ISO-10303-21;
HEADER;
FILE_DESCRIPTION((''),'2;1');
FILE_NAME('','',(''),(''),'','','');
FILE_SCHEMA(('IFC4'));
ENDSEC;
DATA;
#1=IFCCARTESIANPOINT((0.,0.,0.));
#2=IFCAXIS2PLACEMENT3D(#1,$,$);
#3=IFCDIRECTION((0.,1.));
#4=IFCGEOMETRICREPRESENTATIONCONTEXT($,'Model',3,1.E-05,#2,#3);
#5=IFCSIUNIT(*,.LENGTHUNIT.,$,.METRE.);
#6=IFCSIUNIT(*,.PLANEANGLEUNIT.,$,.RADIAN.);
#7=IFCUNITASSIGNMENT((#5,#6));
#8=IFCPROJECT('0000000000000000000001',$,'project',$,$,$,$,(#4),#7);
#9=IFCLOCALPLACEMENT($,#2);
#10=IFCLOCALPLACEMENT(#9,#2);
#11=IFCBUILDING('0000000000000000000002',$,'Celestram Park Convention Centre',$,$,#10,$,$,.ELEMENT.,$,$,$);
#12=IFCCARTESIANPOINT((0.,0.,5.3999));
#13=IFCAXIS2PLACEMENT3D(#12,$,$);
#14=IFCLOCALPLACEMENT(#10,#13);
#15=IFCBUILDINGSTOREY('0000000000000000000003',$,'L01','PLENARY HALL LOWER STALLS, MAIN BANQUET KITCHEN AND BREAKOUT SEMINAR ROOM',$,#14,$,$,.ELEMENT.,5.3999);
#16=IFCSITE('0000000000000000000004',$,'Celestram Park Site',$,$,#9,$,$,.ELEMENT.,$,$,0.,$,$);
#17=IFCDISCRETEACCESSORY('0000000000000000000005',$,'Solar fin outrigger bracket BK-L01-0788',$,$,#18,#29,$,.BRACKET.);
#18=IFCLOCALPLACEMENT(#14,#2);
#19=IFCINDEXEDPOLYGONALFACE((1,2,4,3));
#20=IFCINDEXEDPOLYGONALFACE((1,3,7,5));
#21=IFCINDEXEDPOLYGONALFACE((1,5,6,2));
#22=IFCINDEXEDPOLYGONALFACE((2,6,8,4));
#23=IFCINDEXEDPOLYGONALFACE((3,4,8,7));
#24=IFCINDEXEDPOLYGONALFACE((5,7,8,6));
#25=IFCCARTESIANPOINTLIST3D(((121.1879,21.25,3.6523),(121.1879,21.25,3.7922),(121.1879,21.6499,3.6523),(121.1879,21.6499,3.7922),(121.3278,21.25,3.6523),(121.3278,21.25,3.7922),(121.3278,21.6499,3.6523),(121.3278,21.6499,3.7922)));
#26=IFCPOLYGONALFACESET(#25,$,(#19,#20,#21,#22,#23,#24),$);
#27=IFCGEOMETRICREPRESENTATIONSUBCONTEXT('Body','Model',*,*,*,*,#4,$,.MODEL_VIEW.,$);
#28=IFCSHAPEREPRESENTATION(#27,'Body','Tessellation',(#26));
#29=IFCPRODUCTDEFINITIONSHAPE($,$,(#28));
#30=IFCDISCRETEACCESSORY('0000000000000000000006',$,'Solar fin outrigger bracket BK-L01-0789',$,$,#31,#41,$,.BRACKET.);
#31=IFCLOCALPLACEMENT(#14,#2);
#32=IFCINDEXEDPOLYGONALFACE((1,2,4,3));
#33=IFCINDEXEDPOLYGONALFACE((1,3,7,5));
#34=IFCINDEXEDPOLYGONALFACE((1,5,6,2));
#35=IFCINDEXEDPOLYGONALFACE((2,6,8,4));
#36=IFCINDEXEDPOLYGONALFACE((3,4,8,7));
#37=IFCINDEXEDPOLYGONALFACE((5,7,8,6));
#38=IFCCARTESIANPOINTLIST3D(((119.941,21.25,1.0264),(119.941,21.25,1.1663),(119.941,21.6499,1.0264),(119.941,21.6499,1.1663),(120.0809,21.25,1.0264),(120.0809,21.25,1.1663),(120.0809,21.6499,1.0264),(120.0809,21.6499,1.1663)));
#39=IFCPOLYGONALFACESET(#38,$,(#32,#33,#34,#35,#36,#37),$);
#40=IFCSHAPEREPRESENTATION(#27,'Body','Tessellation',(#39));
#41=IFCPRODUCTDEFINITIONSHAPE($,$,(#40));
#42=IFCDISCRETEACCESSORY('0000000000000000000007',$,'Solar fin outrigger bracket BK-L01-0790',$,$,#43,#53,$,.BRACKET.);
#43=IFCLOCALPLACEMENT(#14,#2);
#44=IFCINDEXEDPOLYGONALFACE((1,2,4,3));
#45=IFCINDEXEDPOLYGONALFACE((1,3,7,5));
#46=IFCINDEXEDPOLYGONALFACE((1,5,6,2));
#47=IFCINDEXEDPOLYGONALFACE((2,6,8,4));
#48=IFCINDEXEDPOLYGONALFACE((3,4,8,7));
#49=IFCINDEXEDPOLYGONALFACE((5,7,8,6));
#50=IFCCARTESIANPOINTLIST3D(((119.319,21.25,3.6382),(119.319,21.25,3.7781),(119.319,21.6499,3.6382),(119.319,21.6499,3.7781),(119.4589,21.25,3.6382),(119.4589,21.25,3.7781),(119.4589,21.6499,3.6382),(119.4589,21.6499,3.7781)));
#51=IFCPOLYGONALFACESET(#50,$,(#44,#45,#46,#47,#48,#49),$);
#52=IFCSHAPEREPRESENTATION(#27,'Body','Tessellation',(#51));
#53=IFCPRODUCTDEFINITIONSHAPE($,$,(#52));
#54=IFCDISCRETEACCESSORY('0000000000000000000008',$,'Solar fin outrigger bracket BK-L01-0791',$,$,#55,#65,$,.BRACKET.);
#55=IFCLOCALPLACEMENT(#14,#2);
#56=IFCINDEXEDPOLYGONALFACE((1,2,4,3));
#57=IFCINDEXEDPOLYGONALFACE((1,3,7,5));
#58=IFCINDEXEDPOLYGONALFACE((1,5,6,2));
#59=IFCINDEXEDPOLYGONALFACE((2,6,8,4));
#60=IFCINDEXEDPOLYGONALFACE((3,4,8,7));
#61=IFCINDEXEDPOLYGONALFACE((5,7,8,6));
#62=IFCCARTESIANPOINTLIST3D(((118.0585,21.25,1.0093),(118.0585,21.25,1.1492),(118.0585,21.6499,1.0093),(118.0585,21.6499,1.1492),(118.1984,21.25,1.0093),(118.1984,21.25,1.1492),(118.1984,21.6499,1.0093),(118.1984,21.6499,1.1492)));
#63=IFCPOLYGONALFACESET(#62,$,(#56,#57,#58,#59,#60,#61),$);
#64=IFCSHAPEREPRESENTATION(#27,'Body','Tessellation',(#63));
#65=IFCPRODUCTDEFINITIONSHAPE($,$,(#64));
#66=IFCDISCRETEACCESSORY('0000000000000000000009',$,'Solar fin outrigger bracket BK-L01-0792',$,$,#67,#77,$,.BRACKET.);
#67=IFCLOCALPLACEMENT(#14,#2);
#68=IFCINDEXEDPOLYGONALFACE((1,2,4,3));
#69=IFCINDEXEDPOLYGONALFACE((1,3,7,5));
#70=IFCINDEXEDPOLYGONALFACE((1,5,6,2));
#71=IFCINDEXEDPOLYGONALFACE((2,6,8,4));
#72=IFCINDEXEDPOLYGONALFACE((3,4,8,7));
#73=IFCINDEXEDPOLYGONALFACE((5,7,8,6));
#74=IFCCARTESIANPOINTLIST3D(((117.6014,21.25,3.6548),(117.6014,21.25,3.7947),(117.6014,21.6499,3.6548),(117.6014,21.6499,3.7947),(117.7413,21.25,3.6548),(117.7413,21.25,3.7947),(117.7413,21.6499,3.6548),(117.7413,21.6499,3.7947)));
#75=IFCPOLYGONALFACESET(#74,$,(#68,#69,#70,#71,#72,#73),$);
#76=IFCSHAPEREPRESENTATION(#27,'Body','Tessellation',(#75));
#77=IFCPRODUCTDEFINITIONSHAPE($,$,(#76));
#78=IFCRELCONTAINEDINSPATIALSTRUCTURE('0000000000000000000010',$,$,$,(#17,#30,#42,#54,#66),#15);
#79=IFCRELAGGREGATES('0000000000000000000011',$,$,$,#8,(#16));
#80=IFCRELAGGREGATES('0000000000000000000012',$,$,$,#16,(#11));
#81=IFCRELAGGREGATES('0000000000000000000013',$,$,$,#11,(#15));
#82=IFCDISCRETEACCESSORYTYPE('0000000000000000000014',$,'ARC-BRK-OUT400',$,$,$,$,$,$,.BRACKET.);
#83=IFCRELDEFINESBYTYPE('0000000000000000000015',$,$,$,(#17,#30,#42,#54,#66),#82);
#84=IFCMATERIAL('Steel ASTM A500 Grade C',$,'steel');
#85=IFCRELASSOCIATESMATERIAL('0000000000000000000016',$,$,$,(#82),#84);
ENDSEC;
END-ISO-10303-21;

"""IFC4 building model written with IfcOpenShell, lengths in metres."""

from ifc_helpers import new_model, si_unit, direction, frame, origin, origin_2d, place, context, subcontext, project, spatial, rectangle, extrude, material, type_object, element, save


model = new_model("IFC4")

# Units and contexts
model_context = context("Model", 3, precision=1e-05, world=origin(), true_north=direction((0.0, 1.0)))
body_context = subcontext(model_context, "Body", "Model", "MODEL_VIEW")
ifc_project = project(units=[si_unit("LENGTHUNIT", "METRE"), si_unit("PLANEANGLEUNIT", "RADIAN")], contexts=[model_context])

# Site, building, storey
site_placement = place(None, origin())
site = spatial("IfcSite", under=ifc_project, at=site_placement, Name="Celestram Park Site", CompositionType="ELEMENT", RefElevation=0.0)
building_placement = place(site_placement, origin())
building = spatial("IfcBuilding", under=site, at=building_placement, Name="Celestram Park Convention Centre", CompositionType="ELEMENT")
storey_placement = place(building_placement, frame((0.0, 0.0, 5.3999)))
storey = spatial("IfcBuildingStorey", under=building, at=storey_placement, Name="L01", Description="PLENARY HALL LOWER STALLS, MAIN BANQUET KITCHEN AND BREAKOUT SEMINAR ROOM", CompositionType="ELEMENT", Elevation=5.3999)

# Discrete accessories
ifc_material_1 = material(Name="Steel ASTM A500 Grade C", Category="steel")
discrete_accessory_type = type_object("IfcDiscreteAccessoryType", Name="ARC-BRK-OUT400", PredefinedType="BRACKET", material=ifc_material_1)
for number, where, z_axis, x_axis, name in (
    (1, (121.2578, 21.45, 3.6523), (0.0, 0.0, 1.0), (0.0, -1.0, 0.0), "Solar fin outrigger bracket BK-L01-0788"),
    (2, (120.011, 21.45, 1.0264), (0.0, 0.0, 1.0), (0.0, -1.0, 0.0), "Solar fin outrigger bracket BK-L01-0789"),
    (3, (119.3889, 21.45, 3.6382), (0.0, 0.0, 1.0), (0.0, -1.0, 0.0), "Solar fin outrigger bracket BK-L01-0790"),
    (4, (118.1284, 21.45, 1.0093), (0.0, 0.0, 1.0), (0.0, -1.0, 0.0), "Solar fin outrigger bracket BK-L01-0791"),
    (5, (117.6714, 21.45, 3.6548), (0.0, 0.0, 1.0), (0.0, -1.0, 0.0), "Solar fin outrigger bracket BK-L01-0792"),
):
    element("IfcDiscreteAccessory", number, at=place(storey_placement, frame(where, z_axis=z_axis, x_axis=x_axis)), inside=storey, type_object=discrete_accessory_type, Name=name, PredefinedType="BRACKET", context=body_context, shape_type="SweptSolid", body=[
        extrude(rectangle(XDim=0.3999, YDim=0.1399, at=origin_2d()), origin(), (0.0, 0.0, 1.0), 0.1399),
    ])

save(model, "model.ifc")
